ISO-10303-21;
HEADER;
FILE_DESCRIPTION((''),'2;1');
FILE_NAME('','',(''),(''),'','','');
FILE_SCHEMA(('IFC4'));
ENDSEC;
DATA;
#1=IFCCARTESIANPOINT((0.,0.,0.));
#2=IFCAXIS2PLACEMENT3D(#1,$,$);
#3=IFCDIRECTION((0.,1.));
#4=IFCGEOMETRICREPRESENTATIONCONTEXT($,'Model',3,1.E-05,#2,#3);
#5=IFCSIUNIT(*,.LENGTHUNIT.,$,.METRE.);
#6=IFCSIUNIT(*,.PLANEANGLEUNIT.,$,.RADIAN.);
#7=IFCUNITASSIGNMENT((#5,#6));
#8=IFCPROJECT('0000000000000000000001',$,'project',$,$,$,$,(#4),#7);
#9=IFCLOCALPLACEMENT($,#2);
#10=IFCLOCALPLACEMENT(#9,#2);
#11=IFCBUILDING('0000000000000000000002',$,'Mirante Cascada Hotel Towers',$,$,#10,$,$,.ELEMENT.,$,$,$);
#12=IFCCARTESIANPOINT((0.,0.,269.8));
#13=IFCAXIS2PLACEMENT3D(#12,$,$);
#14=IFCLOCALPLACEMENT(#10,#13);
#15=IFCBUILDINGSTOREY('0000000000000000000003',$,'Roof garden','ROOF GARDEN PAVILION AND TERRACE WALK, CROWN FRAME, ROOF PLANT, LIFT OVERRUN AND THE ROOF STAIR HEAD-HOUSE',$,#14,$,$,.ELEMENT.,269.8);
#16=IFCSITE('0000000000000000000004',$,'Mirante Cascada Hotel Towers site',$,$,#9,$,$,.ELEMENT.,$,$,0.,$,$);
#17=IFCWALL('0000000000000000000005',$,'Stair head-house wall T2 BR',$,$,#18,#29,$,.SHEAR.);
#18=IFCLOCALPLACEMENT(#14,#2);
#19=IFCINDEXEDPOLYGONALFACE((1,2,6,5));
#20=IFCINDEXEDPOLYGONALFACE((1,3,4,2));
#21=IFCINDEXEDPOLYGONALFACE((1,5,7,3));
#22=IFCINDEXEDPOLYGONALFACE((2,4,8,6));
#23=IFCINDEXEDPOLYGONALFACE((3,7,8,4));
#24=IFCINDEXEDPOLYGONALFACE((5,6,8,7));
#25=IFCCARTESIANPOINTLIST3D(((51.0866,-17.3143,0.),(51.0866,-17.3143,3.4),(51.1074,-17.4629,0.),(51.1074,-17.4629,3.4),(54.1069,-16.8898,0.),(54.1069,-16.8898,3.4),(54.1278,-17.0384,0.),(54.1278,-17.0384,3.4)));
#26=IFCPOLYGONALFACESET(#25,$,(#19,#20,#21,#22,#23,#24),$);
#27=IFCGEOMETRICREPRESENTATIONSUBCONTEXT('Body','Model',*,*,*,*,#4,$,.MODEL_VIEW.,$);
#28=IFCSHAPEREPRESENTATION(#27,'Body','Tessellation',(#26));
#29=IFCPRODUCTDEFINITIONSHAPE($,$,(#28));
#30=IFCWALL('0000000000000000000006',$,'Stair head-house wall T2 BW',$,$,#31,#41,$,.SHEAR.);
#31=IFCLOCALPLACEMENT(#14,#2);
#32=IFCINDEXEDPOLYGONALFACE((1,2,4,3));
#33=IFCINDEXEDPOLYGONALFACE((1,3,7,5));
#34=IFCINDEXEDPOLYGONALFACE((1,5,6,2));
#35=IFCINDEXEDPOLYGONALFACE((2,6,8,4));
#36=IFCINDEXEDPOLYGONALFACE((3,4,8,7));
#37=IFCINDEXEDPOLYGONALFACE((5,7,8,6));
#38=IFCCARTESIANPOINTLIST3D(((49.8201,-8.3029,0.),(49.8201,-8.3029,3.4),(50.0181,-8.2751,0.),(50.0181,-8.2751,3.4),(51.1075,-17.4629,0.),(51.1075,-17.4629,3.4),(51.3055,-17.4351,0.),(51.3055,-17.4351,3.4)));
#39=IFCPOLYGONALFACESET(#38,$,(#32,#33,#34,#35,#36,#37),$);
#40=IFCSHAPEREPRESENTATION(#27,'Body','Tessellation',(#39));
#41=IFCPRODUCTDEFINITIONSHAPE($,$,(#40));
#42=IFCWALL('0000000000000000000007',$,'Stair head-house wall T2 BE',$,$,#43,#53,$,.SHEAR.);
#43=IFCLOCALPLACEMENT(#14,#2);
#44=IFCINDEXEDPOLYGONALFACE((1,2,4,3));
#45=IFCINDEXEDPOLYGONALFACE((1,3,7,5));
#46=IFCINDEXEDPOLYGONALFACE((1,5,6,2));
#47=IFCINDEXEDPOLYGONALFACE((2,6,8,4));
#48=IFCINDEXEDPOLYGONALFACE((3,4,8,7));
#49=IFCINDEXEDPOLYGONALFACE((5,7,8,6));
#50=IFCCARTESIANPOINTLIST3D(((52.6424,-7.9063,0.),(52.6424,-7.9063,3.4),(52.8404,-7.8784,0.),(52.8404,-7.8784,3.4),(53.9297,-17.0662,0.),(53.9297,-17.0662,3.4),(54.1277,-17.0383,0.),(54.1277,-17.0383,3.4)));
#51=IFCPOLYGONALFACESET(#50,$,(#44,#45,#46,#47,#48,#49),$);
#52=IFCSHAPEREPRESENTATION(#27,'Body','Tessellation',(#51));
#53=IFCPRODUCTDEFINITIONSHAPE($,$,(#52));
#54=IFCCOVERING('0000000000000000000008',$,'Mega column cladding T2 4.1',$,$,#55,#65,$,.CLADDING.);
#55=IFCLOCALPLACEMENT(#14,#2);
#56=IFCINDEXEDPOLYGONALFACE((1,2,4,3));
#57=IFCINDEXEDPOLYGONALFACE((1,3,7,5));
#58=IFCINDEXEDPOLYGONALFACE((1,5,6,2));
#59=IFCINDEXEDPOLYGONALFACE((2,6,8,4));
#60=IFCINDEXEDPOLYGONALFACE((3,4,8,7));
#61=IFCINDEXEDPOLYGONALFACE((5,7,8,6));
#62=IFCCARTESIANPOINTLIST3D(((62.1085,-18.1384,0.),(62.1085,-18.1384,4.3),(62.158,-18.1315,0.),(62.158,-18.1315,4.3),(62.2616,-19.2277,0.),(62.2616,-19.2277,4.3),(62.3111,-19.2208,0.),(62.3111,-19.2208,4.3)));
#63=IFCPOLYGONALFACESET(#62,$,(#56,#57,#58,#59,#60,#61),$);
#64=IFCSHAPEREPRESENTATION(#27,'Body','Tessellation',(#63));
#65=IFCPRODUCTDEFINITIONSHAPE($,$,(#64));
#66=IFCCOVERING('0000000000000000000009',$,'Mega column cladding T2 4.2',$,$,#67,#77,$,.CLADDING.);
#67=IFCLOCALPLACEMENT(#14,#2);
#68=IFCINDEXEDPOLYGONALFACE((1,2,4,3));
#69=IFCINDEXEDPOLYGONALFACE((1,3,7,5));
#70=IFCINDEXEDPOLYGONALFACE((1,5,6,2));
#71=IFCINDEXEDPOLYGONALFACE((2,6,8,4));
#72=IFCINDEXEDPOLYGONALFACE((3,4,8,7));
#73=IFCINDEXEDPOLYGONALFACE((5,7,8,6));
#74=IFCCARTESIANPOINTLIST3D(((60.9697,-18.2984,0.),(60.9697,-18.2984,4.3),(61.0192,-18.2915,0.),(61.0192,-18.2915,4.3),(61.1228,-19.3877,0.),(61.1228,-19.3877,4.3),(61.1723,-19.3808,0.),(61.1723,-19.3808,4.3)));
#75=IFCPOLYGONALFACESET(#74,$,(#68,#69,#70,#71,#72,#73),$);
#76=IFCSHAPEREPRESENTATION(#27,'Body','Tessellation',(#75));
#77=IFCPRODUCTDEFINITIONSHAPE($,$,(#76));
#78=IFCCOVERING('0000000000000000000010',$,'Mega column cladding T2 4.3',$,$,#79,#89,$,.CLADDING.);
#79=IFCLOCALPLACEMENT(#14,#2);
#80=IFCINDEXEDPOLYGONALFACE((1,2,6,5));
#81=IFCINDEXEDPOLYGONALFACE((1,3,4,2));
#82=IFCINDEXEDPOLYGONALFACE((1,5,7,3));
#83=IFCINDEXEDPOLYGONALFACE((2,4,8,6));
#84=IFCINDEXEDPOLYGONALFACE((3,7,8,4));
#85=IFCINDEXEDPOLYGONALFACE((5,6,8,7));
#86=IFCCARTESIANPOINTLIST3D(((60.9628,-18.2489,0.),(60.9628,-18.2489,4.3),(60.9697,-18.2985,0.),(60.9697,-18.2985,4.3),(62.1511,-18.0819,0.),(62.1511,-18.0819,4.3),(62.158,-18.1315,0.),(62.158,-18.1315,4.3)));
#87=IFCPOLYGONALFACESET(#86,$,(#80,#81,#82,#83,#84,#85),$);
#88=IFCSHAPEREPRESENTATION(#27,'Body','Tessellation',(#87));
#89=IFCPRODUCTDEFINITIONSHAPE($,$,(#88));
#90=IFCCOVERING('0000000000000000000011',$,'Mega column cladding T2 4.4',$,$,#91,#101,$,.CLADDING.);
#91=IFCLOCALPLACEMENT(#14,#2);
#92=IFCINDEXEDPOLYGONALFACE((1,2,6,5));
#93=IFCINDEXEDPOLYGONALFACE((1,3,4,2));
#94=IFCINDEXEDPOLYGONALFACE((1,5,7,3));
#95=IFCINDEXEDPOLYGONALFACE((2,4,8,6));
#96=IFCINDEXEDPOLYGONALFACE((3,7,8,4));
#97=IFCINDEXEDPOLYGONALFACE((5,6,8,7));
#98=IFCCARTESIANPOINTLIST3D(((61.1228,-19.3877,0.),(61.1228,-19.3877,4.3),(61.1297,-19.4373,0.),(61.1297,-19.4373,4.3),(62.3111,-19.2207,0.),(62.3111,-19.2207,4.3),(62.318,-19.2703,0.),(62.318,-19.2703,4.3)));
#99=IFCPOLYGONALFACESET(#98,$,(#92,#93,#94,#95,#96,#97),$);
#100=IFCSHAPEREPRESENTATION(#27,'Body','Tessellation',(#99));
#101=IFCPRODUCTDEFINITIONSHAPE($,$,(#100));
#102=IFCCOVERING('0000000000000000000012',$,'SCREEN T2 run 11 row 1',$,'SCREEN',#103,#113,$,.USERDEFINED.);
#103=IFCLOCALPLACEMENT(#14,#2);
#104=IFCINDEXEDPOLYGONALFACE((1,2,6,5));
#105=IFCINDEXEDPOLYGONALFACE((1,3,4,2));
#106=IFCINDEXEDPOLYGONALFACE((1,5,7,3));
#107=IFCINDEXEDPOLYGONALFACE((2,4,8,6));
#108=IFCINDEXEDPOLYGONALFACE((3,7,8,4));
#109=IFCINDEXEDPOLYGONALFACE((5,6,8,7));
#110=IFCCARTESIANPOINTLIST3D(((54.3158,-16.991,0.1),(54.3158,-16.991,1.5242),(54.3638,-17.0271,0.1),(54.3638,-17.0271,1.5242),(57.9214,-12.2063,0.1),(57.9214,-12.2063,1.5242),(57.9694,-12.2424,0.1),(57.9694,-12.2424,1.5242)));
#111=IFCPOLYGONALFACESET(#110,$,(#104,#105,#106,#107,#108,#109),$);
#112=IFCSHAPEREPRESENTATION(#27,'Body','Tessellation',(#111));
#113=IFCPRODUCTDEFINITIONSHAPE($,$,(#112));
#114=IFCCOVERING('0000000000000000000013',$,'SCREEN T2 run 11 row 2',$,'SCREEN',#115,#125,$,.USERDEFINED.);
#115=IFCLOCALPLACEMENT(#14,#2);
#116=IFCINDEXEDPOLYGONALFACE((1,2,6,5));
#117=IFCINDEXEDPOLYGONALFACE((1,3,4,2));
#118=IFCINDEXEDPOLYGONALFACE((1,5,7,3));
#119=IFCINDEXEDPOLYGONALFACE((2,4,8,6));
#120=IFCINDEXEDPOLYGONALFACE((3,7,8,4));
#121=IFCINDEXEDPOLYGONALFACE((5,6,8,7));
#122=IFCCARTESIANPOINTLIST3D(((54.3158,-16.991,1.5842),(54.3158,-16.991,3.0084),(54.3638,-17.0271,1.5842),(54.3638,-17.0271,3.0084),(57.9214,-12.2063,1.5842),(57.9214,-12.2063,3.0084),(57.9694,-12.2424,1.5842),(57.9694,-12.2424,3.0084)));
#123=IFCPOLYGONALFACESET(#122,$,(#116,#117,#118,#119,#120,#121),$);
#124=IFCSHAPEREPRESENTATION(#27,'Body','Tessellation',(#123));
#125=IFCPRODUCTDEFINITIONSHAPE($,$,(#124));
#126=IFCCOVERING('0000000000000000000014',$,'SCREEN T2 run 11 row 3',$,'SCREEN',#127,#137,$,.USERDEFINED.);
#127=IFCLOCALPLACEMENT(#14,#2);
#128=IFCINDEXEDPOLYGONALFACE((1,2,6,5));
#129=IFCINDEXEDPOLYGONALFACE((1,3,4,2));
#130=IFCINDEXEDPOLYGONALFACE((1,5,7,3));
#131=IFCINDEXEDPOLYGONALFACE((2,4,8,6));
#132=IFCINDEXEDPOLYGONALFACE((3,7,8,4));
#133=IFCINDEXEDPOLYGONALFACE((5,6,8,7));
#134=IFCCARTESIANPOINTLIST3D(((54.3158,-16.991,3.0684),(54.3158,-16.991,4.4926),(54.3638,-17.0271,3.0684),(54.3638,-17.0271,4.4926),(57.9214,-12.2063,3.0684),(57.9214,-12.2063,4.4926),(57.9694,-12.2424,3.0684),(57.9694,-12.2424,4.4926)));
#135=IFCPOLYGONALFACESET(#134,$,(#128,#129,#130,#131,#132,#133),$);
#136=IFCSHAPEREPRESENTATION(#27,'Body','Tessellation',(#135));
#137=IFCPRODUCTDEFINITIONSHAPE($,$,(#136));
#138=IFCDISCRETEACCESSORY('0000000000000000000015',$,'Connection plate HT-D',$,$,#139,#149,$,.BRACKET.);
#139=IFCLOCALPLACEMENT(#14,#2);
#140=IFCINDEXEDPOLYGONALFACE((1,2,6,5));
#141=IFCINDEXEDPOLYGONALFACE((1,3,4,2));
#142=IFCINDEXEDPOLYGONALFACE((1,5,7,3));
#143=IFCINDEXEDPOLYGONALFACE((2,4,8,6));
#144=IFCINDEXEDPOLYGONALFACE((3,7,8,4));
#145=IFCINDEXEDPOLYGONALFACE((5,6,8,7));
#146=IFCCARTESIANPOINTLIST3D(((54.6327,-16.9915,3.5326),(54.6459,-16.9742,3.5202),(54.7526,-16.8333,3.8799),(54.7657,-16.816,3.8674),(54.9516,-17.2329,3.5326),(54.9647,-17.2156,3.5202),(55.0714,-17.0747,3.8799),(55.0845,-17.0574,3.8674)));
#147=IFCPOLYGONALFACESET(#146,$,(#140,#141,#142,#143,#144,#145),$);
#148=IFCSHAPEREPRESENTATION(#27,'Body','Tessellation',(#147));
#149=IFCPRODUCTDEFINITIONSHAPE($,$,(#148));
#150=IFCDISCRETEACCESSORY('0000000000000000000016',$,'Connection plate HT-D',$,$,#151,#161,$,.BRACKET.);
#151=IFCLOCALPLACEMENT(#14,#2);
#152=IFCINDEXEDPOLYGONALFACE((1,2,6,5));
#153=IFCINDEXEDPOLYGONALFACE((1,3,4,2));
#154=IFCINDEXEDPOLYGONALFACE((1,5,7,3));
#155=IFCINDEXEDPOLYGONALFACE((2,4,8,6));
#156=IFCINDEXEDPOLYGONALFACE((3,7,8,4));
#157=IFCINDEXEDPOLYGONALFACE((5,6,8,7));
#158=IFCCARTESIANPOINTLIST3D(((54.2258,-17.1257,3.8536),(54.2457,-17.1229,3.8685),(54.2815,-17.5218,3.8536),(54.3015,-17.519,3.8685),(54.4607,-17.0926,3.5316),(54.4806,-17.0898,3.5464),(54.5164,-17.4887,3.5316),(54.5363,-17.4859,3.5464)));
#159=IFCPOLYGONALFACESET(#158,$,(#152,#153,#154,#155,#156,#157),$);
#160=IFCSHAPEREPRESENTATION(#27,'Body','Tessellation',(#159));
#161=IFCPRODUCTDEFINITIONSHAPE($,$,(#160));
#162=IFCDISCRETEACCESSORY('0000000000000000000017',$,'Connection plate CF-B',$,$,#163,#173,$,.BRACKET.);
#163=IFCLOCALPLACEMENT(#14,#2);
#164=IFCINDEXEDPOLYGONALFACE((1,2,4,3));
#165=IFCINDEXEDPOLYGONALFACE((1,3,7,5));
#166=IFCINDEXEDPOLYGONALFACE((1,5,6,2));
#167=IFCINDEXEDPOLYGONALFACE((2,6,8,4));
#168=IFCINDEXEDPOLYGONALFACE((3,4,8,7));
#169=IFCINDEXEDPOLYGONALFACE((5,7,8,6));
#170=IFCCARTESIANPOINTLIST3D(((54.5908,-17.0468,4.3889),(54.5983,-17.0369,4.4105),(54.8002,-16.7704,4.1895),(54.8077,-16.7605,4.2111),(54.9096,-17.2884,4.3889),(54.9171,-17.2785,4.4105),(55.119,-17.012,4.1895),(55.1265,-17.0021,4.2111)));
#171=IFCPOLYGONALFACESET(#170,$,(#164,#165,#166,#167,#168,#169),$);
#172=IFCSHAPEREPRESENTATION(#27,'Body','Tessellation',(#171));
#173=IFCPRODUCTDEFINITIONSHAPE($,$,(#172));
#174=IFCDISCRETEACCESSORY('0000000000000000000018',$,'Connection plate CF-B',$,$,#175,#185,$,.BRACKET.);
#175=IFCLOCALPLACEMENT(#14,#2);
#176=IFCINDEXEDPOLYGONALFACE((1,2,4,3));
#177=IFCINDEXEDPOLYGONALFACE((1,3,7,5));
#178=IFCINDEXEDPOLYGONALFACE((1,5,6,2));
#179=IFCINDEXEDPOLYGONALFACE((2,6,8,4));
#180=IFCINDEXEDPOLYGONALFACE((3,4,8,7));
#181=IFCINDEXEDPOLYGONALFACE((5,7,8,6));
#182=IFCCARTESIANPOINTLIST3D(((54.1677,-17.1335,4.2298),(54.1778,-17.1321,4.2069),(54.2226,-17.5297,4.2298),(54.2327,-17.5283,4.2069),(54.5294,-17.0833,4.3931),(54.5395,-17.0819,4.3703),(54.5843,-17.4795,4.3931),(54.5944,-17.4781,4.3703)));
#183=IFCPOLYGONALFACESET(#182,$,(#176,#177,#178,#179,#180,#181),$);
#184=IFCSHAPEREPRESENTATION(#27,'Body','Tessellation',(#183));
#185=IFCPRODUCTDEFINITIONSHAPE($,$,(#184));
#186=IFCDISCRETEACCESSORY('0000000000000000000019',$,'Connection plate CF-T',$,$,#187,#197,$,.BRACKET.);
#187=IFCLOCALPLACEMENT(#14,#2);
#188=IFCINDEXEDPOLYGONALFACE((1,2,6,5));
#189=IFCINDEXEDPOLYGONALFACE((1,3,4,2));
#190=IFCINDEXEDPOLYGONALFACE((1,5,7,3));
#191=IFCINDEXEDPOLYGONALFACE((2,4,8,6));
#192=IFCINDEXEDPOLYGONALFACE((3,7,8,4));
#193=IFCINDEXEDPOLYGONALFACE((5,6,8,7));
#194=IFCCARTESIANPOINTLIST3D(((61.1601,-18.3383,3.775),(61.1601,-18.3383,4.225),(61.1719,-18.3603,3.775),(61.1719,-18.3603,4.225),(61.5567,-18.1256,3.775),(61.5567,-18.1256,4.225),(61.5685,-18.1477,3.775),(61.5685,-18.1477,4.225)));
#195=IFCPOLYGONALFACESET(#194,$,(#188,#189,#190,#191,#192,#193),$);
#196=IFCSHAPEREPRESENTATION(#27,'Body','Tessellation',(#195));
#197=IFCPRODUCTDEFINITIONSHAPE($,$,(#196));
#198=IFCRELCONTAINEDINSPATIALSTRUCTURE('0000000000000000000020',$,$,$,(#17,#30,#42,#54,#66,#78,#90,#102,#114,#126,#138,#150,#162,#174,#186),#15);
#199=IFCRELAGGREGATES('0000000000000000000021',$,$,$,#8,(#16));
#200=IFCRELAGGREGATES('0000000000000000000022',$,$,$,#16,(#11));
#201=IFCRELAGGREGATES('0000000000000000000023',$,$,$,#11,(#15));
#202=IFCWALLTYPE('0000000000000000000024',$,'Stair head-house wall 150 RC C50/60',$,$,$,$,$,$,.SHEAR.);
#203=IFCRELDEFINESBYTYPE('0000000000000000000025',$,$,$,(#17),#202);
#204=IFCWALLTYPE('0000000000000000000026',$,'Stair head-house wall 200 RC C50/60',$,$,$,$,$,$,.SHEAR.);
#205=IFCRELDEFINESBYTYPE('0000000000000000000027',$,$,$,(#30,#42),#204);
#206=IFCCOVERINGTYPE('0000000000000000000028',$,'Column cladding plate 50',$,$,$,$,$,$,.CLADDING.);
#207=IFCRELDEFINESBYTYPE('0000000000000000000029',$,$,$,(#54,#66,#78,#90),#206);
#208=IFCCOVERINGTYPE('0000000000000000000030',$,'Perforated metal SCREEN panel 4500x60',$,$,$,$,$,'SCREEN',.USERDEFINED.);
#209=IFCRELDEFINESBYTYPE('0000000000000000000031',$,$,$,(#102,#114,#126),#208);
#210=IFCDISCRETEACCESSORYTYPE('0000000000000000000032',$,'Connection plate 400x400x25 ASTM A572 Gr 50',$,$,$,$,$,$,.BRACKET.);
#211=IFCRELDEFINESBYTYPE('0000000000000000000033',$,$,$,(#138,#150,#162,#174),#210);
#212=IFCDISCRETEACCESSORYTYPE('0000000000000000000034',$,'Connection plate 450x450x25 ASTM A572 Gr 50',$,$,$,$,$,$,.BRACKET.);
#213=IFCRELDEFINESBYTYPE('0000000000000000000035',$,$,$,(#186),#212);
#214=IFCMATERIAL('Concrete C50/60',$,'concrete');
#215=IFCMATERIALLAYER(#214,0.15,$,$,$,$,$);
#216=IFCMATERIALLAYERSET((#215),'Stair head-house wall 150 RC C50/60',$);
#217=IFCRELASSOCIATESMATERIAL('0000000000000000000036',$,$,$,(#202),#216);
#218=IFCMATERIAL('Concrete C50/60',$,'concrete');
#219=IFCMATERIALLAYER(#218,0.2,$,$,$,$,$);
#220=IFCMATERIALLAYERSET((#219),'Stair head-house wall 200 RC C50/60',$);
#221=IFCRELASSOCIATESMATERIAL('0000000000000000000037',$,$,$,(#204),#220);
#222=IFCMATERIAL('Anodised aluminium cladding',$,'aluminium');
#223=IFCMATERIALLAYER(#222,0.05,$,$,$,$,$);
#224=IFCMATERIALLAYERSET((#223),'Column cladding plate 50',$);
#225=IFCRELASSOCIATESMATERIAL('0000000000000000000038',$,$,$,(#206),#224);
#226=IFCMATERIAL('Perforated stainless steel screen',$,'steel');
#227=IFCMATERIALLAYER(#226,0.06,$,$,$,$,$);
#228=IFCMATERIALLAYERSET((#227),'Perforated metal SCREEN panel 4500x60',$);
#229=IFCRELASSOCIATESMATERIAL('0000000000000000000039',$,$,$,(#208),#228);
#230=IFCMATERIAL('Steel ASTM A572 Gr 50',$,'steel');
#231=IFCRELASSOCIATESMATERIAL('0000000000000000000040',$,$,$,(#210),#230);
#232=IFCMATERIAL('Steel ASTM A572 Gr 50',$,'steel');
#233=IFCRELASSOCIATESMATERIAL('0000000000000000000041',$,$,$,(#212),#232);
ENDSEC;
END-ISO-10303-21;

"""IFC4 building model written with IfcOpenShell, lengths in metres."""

from ifc_helpers import new_model, si_unit, direction, frame, frame_2d, origin, origin_2d, place, context, subcontext, project, spatial, rectangle, extrude, material, layer, layer_set, material_profile, profile_set, type_object, element, save


model = new_model("IFC4")

# Units and contexts
model_context = context("Model", 3, precision=1e-05, world=origin(), true_north=direction((0.0, 1.0)))
body_context = subcontext(model_context, "Body", "Model", "MODEL_VIEW")
ifc_project = project(units=[si_unit("LENGTHUNIT", "METRE"), si_unit("PLANEANGLEUNIT", "RADIAN")], contexts=[model_context])

# Site, building, storey
site_placement = place(None, origin())
site = spatial("IfcSite", under=ifc_project, at=site_placement, Name="Mirante Cascada Hotel Towers site", CompositionType="ELEMENT", RefElevation=0.0)
building_placement = place(site_placement, origin())
building = spatial("IfcBuilding", under=site, at=building_placement, Name="Mirante Cascada Hotel Towers", CompositionType="ELEMENT")
storey_placement = place(building_placement, frame((0.0, 0.0, 269.8)))
storey = spatial("IfcBuildingStorey", under=building, at=storey_placement, Name="Roof garden", Description="ROOF GARDEN PAVILION AND TERRACE WALK, CROWN FRAME, ROOF PLANT, LIFT OVERRUN AND THE ROOF STAIR HEAD-HOUSE", CompositionType="ELEMENT", Elevation=269.8)

# Walls
ifc_material_1 = material(Name="Concrete C50/60", Category="concrete")
ifc_layer_1 = layer(ifc_material_1, 0.15)
ifc_layer_set_1 = layer_set([ifc_layer_1], Name="Stair head-house wall 150 RC C50/60")
wall_type_1 = type_object("IfcWallType", Name="Stair head-house wall 150 RC C50/60", PredefinedType="SHEAR", material=ifc_layer_set_1)
wall_1_placement = place(storey_placement, frame((51.097, -17.3886, 0.0), z_axis=(0.0, 0.0, 1.0), x_axis=(0.990267, 0.139181, 0.0)))
element("IfcWall", 1, at=wall_1_placement, inside=storey, type_object=wall_type_1, Name="Stair head-house wall T2 BR", PredefinedType="SHEAR", context=body_context, shape_type="SweptSolid", body=[
    extrude(rectangle(XDim=3.05, YDim=0.15, at=frame_2d((1.525, 0.0))), origin(), (0.0, 0.0, 1.0), 3.4),
])
ifc_material_2 = material(Name="Concrete C50/60", Category="concrete")
ifc_layer_2 = layer(ifc_material_2, 0.2)
ifc_layer_set_2 = layer_set([ifc_layer_2], Name="Stair head-house wall 200 RC C50/60")
wall_type_2 = type_object("IfcWallType", Name="Stair head-house wall 200 RC C50/60", PredefinedType="SHEAR", material=ifc_layer_set_2)
wall_2_placement = place(storey_placement, frame((51.2065, -17.449, 0.0), z_axis=(0.0, 0.0, 1.0), x_axis=(-0.139178, 0.990267, 0.0)))
element("IfcWall", 2, at=wall_2_placement, inside=storey, type_object=wall_type_2, Name="Stair head-house wall T2 BW", PredefinedType="SHEAR", context=body_context, shape_type="SweptSolid", body=[
    extrude(rectangle(XDim=9.25, YDim=0.2, at=frame_2d((4.625, 0.0))), origin(), (0.0, 0.0, 1.0), 3.4),
])
wall_3_placement = place(storey_placement, frame((54.0287, -17.0523, 0.0), z_axis=(0.0, 0.0, 1.0), x_axis=(-0.139169, 0.990269, 0.0)))
element("IfcWall", 3, at=wall_3_placement, inside=storey, type_object=wall_type_2, Name="Stair head-house wall T2 BE", PredefinedType="SHEAR", context=body_context, shape_type="SweptSolid", body=[
    extrude(rectangle(XDim=9.2499, YDim=0.2, at=frame_2d((4.625, 0.0))), origin(), (0.0, 0.0, 1.0), 3.4),
])

# Coverings
ifc_material_3 = material(Name="Anodised aluminium cladding", Category="aluminium")
ifc_layer_3 = layer(ifc_material_3, 0.05)
ifc_layer_set_3 = layer_set([ifc_layer_3], Name="Column cladding plate 50")
covering_type_1 = type_object("IfcCoveringType", Name="Column cladding plate 50", PredefinedType="CLADDING", material=ifc_layer_set_3)
for number, where, z_axis, x_axis, name in (
    (4, (62.2098, -18.6796, 0.0), (0.0, 0.0, 1.0), (0.990268, 0.139173, 0.0), "Mega column cladding T2 4.1"),
    (5, (61.071, -18.8396, 0.0), (0.0, 0.0, 1.0), (0.990268, 0.139173, 0.0), "Mega column cladding T2 4.2"),
):
    element("IfcCovering", number, at=place(storey_placement, frame(where, z_axis=z_axis, x_axis=x_axis)), inside=storey, type_object=covering_type_1, Name=name, PredefinedType="CLADDING", context=body_context, shape_type="SweptSolid", body=[
        extrude(rectangle(XDim=0.05, YDim=1.1, at=origin_2d()), origin(), (0.0, 0.0, 1.0), 4.3),
    ])
for number, where, z_axis, x_axis, name in (
    (6, (61.5604, -18.1902, 0.0), (0.0, 0.0, 1.0), (0.990268, 0.139173, 0.0), "Mega column cladding T2 4.3"),
    (7, (61.7204, -19.329, 0.0), (0.0, 0.0, 1.0), (0.990268, 0.139173, 0.0), "Mega column cladding T2 4.4"),
):
    element("IfcCovering", number, at=place(storey_placement, frame(where, z_axis=z_axis, x_axis=x_axis)), inside=storey, type_object=covering_type_1, Name=name, PredefinedType="CLADDING", context=body_context, shape_type="SweptSolid", body=[
        extrude(rectangle(XDim=1.2, YDim=0.05, at=origin_2d()), origin(), (0.0, 0.0, 1.0), 4.3),
    ])
ifc_material_4 = material(Name="Perforated stainless steel screen", Category="steel")
ifc_layer_4 = layer(ifc_material_4, 0.06)
ifc_layer_set_4 = layer_set([ifc_layer_4], Name="Perforated metal SCREEN panel 4500x60")
covering_type_2 = type_object("IfcCoveringType", Name="Perforated metal SCREEN panel 4500x60", ElementType="SCREEN", PredefinedType="USERDEFINED", material=ifc_layer_set_4)
for number, where, z_axis, x_axis, name in (
    (8, (56.1426, -14.6167, 0.1), (0.0, 0.0, 1.0), (-0.601815, -0.798636, 0.0), "SCREEN T2 run 11 row 1"),
    (9, (56.1426, -14.6167, 1.5842), (0.0, 0.0, 1.0), (-0.601815, -0.798636, 0.0), "SCREEN T2 run 11 row 2"),
    (10, (56.1426, -14.6167, 3.0684), (0.0, 0.0, 1.0), (-0.601815, -0.798636, 0.0), "SCREEN T2 run 11 row 3"),
):
    element("IfcCovering", number, at=place(storey_placement, frame(where, z_axis=z_axis, x_axis=x_axis)), inside=storey, type_object=covering_type_2, Name=name, ObjectType="SCREEN", PredefinedType="USERDEFINED", context=body_context, shape_type="SweptSolid", body=[
        extrude(rectangle(XDim=5.9912, YDim=0.06, at=origin_2d()), origin(), (0.0, 0.0, 1.0), 1.4242),
    ])

# Discrete accessories
ifc_material_5 = material(Name="Steel ASTM A572 Gr 50", Category="steel")
ifc_material_profile_1 = material_profile(ifc_material_5, rectangle(XDim=0.4, YDim=0.4, at=origin_2d()), Name="Connection plate 400x400x25 ASTM A572 Gr 50")
ifc_profile_set_1 = profile_set([ifc_material_profile_1], Name="Steel ASTM A572 Gr 50")
discrete_accessory_type_1 = type_object("IfcDiscreteAccessoryType", Name="Connection plate 400x400x25 ASTM A572 Gr 50", PredefinedType="BRACKET", material=ifc_profile_set_1)
for number, where, z_axis, x_axis, name in (
    (11, (54.8652, -17.0158, 3.6938), (-0.524143, -0.692188, 0.496135), (0.797227, -0.60368, 0.0), "Connection plate HT-D"),
    (12, (54.3711, -17.3072, 3.6926), (0.797347, 0.112189, 0.593002), (-0.139331, 0.990246, 0.0), "Connection plate HT-D"),
):
    element("IfcDiscreteAccessory", number, at=place(storey_placement, frame(where, z_axis=z_axis, x_axis=x_axis)), inside=storey, type_object=discrete_accessory_type_1, Name=name, PredefinedType="BRACKET", context=body_context, shape_type="SweptSolid", body=[
        extrude(rectangle(XDim=0.4, YDim=0.4, at=origin_2d()), origin(), (0.0, 0.0, 1.0), 0.025),
    ])
discrete_accessory_1_placement = place(storey_placement, frame((54.8549, -17.0294, 4.2892), z_axis=(0.301008, 0.397331, 0.866904), x_axis=(-0.797092, 0.603858, 0.0)))
element("IfcDiscreteAccessory", 13, at=discrete_accessory_1_placement, inside=storey, type_object=discrete_accessory_type_1, Name="Connection plate CF-B", PredefinedType="BRACKET", context=body_context, shape_type="SweptSolid", body=[
    extrude(rectangle(XDim=0.4, YDim=0.4, at=origin_2d()), origin(), (0.0, 0.0, 1.0), 0.0249),
])
discrete_accessory_2_placement = place(storey_placement, frame((54.3861, -17.3051, 4.2886), z_axis=(-0.404385, -0.056053, 0.91287), x_axis=(0.137301, -0.990529, 0.0)))
element("IfcDiscreteAccessory", 14, at=discrete_accessory_2_placement, inside=storey, type_object=discrete_accessory_type_1, Name="Connection plate CF-B", PredefinedType="BRACKET", context=body_context, shape_type="SweptSolid", body=[
    extrude(rectangle(XDim=0.4, YDim=0.4, at=origin_2d()), origin(), (0.0, 0.0, 1.0), 0.025),
])
ifc_material_6 = material(Name="Steel ASTM A572 Gr 50", Category="steel")
ifc_material_profile_2 = material_profile(ifc_material_6, rectangle(XDim=0.45, YDim=0.45, at=origin_2d()), Name="Connection plate 450x450x25 ASTM A572 Gr 50")
ifc_profile_set_2 = profile_set([ifc_material_profile_2], Name="Steel ASTM A572 Gr 50")
discrete_accessory_type_2 = type_object("IfcDiscreteAccessoryType", Name="Connection plate 450x450x25 ASTM A572 Gr 50", PredefinedType="BRACKET", material=ifc_profile_set_2)
discrete_accessory_3_placement = place(storey_placement, frame((61.3702, -18.254, 4.0), z_axis=(-0.472666, 0.881242, 0.0), x_axis=(-0.881242, -0.472666, 0.0)))
element("IfcDiscreteAccessory", 15, at=discrete_accessory_3_placement, inside=storey, type_object=discrete_accessory_type_2, Name="Connection plate CF-T", PredefinedType="BRACKET", context=body_context, shape_type="SweptSolid", body=[
    extrude(rectangle(XDim=0.45, YDim=0.45, at=origin_2d()), origin(), (0.0, 0.0, 1.0), 0.025),
])

save(model, "model.ifc")
